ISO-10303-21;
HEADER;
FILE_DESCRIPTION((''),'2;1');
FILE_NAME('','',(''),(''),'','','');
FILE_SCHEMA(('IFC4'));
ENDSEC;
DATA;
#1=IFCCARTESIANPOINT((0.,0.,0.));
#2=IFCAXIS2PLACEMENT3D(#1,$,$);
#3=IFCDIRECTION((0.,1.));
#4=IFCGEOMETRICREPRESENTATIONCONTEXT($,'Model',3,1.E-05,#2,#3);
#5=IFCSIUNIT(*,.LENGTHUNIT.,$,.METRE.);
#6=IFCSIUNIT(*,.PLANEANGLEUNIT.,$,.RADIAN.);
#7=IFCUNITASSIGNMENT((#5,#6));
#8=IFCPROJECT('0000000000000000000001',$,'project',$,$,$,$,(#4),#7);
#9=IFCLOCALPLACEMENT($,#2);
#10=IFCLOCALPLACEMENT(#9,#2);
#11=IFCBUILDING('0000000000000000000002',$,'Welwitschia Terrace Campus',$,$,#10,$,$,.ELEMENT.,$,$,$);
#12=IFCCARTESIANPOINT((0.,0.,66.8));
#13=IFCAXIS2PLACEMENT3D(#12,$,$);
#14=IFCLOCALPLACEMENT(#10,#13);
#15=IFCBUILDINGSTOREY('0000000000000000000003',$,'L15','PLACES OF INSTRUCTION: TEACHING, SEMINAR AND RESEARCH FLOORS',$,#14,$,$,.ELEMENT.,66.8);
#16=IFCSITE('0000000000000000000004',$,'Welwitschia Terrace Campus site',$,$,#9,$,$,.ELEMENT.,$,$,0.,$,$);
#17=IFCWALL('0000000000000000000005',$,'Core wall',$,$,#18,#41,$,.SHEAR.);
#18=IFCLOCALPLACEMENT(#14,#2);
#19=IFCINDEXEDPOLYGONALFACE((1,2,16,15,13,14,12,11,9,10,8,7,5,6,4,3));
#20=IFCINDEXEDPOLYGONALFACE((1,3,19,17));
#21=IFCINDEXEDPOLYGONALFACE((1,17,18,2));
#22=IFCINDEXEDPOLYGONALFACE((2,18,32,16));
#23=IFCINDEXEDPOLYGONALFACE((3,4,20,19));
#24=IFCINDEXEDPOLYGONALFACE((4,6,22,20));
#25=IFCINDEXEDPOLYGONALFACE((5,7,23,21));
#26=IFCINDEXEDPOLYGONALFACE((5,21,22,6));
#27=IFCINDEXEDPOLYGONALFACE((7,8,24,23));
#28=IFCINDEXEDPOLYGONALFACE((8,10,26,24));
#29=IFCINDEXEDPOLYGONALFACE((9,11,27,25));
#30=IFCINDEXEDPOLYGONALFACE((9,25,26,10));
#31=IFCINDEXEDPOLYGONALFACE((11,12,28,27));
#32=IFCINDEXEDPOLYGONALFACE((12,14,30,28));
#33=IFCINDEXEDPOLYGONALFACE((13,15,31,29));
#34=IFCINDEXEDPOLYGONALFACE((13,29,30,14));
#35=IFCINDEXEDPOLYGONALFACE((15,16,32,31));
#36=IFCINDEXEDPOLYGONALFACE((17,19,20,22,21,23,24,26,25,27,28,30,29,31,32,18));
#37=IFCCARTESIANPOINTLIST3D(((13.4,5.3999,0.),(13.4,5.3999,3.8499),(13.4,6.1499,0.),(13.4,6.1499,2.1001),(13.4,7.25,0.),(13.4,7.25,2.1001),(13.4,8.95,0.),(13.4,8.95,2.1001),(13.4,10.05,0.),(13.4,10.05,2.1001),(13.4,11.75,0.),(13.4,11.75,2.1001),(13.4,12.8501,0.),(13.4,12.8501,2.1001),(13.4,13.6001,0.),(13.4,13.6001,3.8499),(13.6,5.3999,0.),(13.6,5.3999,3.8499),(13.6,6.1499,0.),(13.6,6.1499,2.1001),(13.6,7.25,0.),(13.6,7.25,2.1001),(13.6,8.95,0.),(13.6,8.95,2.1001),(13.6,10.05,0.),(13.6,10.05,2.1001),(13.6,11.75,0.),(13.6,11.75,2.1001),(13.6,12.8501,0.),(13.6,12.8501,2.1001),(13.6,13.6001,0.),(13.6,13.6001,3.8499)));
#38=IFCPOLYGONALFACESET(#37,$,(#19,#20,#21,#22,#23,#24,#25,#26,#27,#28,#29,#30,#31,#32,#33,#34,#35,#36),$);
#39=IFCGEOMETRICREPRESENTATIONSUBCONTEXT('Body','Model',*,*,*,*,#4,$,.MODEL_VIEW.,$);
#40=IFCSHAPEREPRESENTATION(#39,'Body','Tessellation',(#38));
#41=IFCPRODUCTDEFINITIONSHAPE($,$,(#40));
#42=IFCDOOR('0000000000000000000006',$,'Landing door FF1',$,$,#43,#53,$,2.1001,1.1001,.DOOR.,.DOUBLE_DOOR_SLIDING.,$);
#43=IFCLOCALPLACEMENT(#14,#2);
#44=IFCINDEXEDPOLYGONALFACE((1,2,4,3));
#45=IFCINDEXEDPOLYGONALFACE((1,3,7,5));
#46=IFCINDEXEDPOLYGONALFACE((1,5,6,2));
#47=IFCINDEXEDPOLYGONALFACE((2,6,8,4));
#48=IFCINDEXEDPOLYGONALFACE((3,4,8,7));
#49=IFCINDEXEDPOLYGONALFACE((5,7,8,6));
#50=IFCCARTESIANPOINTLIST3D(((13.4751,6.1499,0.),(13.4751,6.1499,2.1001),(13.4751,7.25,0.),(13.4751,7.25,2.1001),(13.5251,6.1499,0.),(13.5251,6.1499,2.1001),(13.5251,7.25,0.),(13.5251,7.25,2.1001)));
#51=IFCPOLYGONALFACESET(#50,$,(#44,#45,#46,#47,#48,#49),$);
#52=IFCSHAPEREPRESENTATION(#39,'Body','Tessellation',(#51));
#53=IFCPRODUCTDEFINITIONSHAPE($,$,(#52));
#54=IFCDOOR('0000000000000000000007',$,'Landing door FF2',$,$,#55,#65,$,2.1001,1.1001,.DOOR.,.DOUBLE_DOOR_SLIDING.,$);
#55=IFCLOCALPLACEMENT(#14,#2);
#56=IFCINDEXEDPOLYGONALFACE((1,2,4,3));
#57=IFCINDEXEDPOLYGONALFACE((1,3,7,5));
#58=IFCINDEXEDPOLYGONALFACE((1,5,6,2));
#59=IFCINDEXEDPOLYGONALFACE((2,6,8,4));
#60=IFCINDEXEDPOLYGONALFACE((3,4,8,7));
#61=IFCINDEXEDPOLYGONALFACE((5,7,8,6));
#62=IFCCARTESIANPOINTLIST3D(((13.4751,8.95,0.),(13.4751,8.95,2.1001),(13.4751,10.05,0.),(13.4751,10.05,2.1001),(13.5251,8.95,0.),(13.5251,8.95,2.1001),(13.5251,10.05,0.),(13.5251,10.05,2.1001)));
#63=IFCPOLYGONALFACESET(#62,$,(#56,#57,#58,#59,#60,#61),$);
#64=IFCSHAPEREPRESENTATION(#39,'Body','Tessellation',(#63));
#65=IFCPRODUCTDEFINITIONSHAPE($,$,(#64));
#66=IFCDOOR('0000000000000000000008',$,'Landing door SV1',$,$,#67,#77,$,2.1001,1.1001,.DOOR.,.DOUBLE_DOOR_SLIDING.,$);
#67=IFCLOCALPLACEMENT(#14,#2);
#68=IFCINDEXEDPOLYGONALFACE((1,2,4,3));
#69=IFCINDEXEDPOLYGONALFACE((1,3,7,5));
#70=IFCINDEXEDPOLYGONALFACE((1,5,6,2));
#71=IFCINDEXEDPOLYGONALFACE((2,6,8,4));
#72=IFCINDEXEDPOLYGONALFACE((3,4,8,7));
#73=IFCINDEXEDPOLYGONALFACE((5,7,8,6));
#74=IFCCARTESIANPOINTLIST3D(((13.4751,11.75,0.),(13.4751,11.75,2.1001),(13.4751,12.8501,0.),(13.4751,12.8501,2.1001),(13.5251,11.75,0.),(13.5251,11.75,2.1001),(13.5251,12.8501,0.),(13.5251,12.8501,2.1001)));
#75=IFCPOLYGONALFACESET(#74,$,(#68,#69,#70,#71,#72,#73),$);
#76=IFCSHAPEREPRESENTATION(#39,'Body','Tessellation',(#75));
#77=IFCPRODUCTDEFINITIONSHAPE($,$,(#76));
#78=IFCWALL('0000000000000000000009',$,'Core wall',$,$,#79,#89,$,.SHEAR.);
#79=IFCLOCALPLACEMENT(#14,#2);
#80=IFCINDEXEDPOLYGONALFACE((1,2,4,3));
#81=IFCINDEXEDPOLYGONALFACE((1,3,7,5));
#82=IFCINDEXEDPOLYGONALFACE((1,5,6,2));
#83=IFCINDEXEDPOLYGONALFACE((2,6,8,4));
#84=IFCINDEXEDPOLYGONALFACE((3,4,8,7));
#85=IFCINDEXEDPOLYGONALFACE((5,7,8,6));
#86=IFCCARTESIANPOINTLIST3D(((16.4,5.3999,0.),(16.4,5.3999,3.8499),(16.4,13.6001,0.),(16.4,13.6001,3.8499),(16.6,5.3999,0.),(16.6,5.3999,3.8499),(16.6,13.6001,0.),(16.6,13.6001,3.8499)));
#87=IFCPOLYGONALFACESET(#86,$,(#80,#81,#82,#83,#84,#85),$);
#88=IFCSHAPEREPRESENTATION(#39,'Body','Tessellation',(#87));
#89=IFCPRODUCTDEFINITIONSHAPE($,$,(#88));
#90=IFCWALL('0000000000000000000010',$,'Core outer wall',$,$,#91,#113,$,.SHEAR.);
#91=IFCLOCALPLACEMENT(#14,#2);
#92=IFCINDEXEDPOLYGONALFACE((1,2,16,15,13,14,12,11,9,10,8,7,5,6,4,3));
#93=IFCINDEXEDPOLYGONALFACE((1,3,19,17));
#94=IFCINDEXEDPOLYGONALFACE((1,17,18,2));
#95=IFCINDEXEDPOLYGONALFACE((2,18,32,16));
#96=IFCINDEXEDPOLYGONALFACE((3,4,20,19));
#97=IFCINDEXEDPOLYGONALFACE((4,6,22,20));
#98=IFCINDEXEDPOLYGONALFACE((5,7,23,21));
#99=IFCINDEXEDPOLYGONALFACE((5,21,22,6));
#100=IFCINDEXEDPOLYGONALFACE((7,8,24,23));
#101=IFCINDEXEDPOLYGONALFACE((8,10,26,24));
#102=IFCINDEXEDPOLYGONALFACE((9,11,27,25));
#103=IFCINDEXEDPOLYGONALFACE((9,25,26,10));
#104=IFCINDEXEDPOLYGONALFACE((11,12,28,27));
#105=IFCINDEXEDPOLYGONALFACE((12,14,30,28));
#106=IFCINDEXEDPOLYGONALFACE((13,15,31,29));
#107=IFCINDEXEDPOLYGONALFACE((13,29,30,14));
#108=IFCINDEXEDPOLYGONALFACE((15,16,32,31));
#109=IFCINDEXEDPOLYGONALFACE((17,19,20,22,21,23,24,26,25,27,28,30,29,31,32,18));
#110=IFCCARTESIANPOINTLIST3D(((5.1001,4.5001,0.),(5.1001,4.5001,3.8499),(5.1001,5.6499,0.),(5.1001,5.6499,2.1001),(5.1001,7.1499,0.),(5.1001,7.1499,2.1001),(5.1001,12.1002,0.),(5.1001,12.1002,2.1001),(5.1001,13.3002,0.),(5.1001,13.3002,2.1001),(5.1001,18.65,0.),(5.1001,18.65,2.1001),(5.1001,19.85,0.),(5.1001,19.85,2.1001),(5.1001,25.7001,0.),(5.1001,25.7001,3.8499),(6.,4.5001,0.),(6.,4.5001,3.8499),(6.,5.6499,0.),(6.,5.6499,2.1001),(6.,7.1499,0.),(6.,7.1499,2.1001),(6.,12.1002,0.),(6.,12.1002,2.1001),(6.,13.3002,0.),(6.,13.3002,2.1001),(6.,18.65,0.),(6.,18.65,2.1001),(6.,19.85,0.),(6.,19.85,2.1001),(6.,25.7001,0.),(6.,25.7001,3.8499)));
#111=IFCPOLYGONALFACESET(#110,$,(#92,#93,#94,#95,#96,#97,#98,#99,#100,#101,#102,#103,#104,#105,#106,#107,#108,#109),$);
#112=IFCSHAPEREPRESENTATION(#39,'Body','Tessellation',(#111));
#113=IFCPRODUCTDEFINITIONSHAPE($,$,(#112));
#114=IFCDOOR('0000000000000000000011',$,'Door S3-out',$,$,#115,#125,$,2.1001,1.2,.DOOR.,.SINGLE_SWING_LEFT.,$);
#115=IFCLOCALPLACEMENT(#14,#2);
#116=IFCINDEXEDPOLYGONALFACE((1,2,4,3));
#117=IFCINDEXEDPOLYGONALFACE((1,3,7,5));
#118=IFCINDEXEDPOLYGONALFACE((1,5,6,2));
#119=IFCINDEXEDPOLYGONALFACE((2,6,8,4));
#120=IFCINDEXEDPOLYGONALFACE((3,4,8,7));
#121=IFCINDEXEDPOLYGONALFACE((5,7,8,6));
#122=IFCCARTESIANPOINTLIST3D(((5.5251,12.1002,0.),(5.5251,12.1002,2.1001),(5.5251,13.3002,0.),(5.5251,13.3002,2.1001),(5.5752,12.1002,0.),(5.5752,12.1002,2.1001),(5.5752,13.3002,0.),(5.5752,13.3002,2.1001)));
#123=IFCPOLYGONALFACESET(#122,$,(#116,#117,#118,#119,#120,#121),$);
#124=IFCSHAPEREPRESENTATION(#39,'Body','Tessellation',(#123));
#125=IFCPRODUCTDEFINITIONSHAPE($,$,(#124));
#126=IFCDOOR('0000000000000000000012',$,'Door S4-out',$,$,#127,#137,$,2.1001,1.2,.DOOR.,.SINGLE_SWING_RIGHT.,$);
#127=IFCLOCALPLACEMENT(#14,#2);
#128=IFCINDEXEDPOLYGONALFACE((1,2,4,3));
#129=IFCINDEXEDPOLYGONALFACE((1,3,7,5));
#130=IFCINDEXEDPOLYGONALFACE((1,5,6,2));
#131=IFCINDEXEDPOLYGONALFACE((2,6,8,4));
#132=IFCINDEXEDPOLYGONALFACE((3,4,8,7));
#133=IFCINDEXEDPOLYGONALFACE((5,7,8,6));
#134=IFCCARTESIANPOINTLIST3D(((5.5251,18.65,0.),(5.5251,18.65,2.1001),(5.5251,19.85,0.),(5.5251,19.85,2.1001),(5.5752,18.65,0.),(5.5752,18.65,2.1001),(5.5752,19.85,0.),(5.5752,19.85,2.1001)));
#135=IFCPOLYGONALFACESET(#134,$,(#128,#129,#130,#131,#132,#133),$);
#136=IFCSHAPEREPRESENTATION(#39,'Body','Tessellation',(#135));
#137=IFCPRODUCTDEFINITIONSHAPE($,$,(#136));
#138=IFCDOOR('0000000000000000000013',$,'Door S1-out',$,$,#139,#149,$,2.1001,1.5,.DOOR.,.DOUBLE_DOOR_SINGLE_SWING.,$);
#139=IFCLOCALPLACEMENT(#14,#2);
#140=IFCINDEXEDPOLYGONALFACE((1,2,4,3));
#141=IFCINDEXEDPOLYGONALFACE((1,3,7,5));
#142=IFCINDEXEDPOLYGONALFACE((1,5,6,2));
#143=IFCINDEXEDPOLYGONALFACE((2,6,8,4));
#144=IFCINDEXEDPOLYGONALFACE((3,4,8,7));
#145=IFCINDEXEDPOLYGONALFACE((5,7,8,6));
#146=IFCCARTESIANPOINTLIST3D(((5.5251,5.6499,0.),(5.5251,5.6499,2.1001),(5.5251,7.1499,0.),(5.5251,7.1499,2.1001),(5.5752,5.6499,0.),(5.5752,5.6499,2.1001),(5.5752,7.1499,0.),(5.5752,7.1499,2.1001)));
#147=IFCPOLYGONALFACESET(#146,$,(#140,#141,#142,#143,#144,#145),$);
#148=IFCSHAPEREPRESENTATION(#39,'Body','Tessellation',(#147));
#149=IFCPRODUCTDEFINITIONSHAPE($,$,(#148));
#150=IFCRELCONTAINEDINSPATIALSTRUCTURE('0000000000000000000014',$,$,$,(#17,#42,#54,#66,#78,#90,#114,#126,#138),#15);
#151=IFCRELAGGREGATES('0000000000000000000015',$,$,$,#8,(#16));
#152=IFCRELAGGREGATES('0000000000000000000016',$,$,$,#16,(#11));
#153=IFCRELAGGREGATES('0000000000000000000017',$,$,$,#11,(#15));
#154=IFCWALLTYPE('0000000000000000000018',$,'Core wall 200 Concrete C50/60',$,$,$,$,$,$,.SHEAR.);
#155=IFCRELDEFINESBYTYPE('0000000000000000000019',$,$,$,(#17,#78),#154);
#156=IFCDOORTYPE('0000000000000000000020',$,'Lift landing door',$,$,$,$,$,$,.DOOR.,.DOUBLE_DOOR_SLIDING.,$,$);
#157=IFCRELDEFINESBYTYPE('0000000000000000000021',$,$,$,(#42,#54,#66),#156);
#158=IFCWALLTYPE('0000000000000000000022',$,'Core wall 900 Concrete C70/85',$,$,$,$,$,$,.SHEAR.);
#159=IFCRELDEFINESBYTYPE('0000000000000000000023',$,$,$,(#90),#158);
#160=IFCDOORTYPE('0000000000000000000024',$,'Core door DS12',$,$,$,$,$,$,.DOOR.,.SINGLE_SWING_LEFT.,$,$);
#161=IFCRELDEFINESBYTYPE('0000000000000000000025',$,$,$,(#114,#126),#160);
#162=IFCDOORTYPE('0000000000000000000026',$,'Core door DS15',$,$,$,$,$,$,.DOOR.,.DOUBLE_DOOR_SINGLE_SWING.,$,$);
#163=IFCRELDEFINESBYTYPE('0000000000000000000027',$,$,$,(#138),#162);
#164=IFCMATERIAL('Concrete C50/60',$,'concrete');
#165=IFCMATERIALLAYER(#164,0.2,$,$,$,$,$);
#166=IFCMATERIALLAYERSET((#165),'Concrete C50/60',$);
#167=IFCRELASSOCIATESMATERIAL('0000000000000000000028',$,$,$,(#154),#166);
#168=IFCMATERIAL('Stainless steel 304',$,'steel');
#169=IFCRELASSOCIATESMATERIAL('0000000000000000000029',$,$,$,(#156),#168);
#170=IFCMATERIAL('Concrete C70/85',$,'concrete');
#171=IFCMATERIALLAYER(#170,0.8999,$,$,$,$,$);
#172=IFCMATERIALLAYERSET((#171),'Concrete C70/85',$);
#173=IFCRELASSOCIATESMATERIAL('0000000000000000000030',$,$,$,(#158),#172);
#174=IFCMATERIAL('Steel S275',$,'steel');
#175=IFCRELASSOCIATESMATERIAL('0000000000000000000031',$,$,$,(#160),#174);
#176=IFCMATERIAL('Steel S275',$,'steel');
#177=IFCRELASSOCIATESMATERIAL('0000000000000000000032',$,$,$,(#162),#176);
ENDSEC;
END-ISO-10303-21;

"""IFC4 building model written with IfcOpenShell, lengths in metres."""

from ifc_helpers import new_model, si_unit, direction, frame, frame_2d, origin, place, context, subcontext, project, spatial, rectangle, extrude, material, layer, layer_set, type_object, element, fill, save


model = new_model("IFC4")

# Units and contexts
model_context = context("Model", 3, precision=1e-05, world=origin(), true_north=direction((0.0, 1.0)))
body_context = subcontext(model_context, "Body", "Model", "MODEL_VIEW")
ifc_project = project(units=[si_unit("LENGTHUNIT", "METRE"), si_unit("PLANEANGLEUNIT", "RADIAN")], contexts=[model_context])

# Site, building, storey
site_placement = place(None, origin())
site = spatial("IfcSite", under=ifc_project, at=site_placement, Name="Welwitschia Terrace Campus site", CompositionType="ELEMENT", RefElevation=0.0)
building_placement = place(site_placement, origin())
building = spatial("IfcBuilding", under=site, at=building_placement, Name="Welwitschia Terrace Campus", CompositionType="ELEMENT")
storey_placement = place(building_placement, frame((0.0, 0.0, 66.8)))
storey = spatial("IfcBuildingStorey", under=building, at=storey_placement, Name="L15", Description="PLACES OF INSTRUCTION: TEACHING, SEMINAR AND RESEARCH FLOORS", CompositionType="ELEMENT", Elevation=66.8)

# Wall, openings, doors
ifc_material_1 = material(Name="Concrete C50/60", Category="concrete")
ifc_layer_1 = layer(ifc_material_1, 0.2)
ifc_layer_set_1 = layer_set([ifc_layer_1], Name="Concrete C50/60")
wall_type_1 = type_object("IfcWallType", Name="Core wall 200 Concrete C50/60", PredefinedType="SHEAR", material=ifc_layer_set_1)
wall_1_placement = place(storey_placement, frame((13.5, 5.3999, 0.0), z_axis=(0.0, 0.0, 1.0), x_axis=(0.0, 1.0, 0.0)))
wall_1 = element("IfcWall", 1, at=wall_1_placement, inside=storey, type_object=wall_type_1, Name="Core wall", PredefinedType="SHEAR", context=body_context, shape_type="SweptSolid", body=[
    extrude(rectangle(XDim=8.2002, YDim=0.2, at=frame_2d((4.1001, 0.0))), origin(), (0.0, 0.0, 1.0), 3.8499),
])
opening_1_placement = place(wall_1_placement, frame((0.75, 0.0, 0.0)))
opening_1 = element("IfcOpeningElement", 2, at=opening_1_placement, cuts=wall_1, PredefinedType="OPENING", context=body_context, shape_type="SweptSolid", body=[
    extrude(rectangle(XDim=1.1001, YDim=2.1001, at=frame_2d((0.55, 1.05))), frame((0.0, 0.1099, 0.0), z_axis=(0.0, -1.0, 0.0), x_axis=(1.0, 0.0, 0.0)), (0.0, 0.0, 1.0), 0.22),
])
opening_2_placement = place(wall_1_placement, frame((3.55, 0.0, 0.0)))
opening_2 = element("IfcOpeningElement", 3, at=opening_2_placement, cuts=wall_1, PredefinedType="OPENING", context=body_context, shape_type="SweptSolid", body=[
    extrude(rectangle(XDim=1.1001, YDim=2.1001, at=frame_2d((0.55, 1.05))), frame((0.0, 0.1099, 0.0), z_axis=(0.0, -1.0, 0.0), x_axis=(1.0, 0.0, 0.0)), (0.0, 0.0, 1.0), 0.22),
])
opening_3_placement = place(wall_1_placement, frame((6.3501, 0.0, 0.0)))
opening_3 = element("IfcOpeningElement", 4, at=opening_3_placement, cuts=wall_1, PredefinedType="OPENING", context=body_context, shape_type="SweptSolid", body=[
    extrude(rectangle(XDim=1.1001, YDim=2.1001, at=frame_2d((0.55, 1.05))), frame((0.0, 0.1099, 0.0), z_axis=(0.0, -1.0, 0.0), x_axis=(1.0, 0.0, 0.0)), (0.0, 0.0, 1.0), 0.22),
])
ifc_material_2 = material(Name="Stainless steel 304", Category="steel")
door_type_1 = type_object("IfcDoorType", Name="Lift landing door", OperationType="DOUBLE_DOOR_SLIDING", PredefinedType="DOOR", material=ifc_material_2)
door_1_placement = place(opening_1_placement, origin())
door_1 = element("IfcDoor", 5, at=door_1_placement, inside=storey, type_object=door_type_1, Name="Landing door FF1", OperationType="DOUBLE_DOOR_SLIDING", OverallHeight=2.1001, OverallWidth=1.1001, PredefinedType="DOOR", context=body_context, shape_type="SweptSolid", body=[
    extrude(rectangle(XDim=1.1001, YDim=2.1001, at=frame_2d((0.55, 1.05))), frame((0.0, 0.0249, 0.0), z_axis=(0.0, -1.0, 0.0), x_axis=(1.0, 0.0, 0.0)), (0.0, 0.0, 1.0), 0.05),
])
fill(opening_1, door_1)
door_2_placement = place(opening_2_placement, origin())
door_2 = element("IfcDoor", 6, at=door_2_placement, inside=storey, type_object=door_type_1, Name="Landing door FF2", OperationType="DOUBLE_DOOR_SLIDING", OverallHeight=2.1001, OverallWidth=1.1001, PredefinedType="DOOR", context=body_context, shape_type="SweptSolid", body=[
    extrude(rectangle(XDim=1.1001, YDim=2.1001, at=frame_2d((0.55, 1.05))), frame((0.0, 0.0249, 0.0), z_axis=(0.0, -1.0, 0.0), x_axis=(1.0, 0.0, 0.0)), (0.0, 0.0, 1.0), 0.05),
])
fill(opening_2, door_2)
door_3_placement = place(opening_3_placement, origin())
door_3 = element("IfcDoor", 7, at=door_3_placement, inside=storey, type_object=door_type_1, Name="Landing door SV1", OperationType="DOUBLE_DOOR_SLIDING", OverallHeight=2.1001, OverallWidth=1.1001, PredefinedType="DOOR", context=body_context, shape_type="SweptSolid", body=[
    extrude(rectangle(XDim=1.1001, YDim=2.1001, at=frame_2d((0.55, 1.05))), frame((0.0, 0.0249, 0.0), z_axis=(0.0, -1.0, 0.0), x_axis=(1.0, 0.0, 0.0)), (0.0, 0.0, 1.0), 0.05),
])
fill(opening_3, door_3)

# Wall
wall_2_placement = place(storey_placement, frame((16.5, 5.3999, 0.0), z_axis=(0.0, 0.0, 1.0), x_axis=(0.0, 1.0, 0.0)))
element("IfcWall", 8, at=wall_2_placement, inside=storey, type_object=wall_type_1, Name="Core wall", PredefinedType="SHEAR", context=body_context, shape_type="SweptSolid", body=[
    extrude(rectangle(XDim=8.2002, YDim=0.2, at=frame_2d((4.1001, 0.0))), origin(), (0.0, 0.0, 1.0), 3.8499),
])

# Wall, openings, doors
ifc_material_3 = material(Name="Concrete C70/85", Category="concrete")
ifc_layer_2 = layer(ifc_material_3, 0.8999)
ifc_layer_set_2 = layer_set([ifc_layer_2], Name="Concrete C70/85")
wall_type_2 = type_object("IfcWallType", Name="Core wall 900 Concrete C70/85", PredefinedType="SHEAR", material=ifc_layer_set_2)
wall_3_placement = place(storey_placement, frame((5.55, 4.5, 0.0), z_axis=(0.0, 0.0, 1.0), x_axis=(0.0, 1.0, 0.0)))
wall_3 = element("IfcWall", 9, at=wall_3_placement, inside=storey, type_object=wall_type_2, Name="Core outer wall", PredefinedType="SHEAR", context=body_context, shape_type="SweptSolid", body=[
    extrude(rectangle(XDim=21.2, YDim=0.8999, at=frame_2d((10.6001, 0.0))), origin(), (0.0, 0.0, 1.0), 3.8499),
])
opening_4_placement = place(wall_3_placement, frame((1.1499, 0.0, 0.0)))
opening_4 = element("IfcOpeningElement", 10, at=opening_4_placement, cuts=wall_3, PredefinedType="OPENING", context=body_context, shape_type="SweptSolid", body=[
    extrude(rectangle(XDim=1.5, YDim=2.1001, at=frame_2d((0.75, 1.05))), frame((0.0, 0.46, 0.0), z_axis=(0.0, -1.0, 0.0), x_axis=(1.0, 0.0, 0.0)), (0.0, 0.0, 1.0), 0.9199),
])
opening_5_placement = place(wall_3_placement, frame((7.6001, 0.0, 0.0)))
opening_5 = element("IfcOpeningElement", 11, at=opening_5_placement, cuts=wall_3, PredefinedType="OPENING", context=body_context, shape_type="SweptSolid", body=[
    extrude(rectangle(XDim=1.2, YDim=2.1001, at=frame_2d((0.6001, 1.05))), frame((0.0, 0.46, 0.0), z_axis=(0.0, -1.0, 0.0), x_axis=(1.0, 0.0, 0.0)), (0.0, 0.0, 1.0), 0.9199),
])
opening_6_placement = place(wall_3_placement, frame((14.1499, 0.0, 0.0)))
opening_6 = element("IfcOpeningElement", 12, at=opening_6_placement, cuts=wall_3, PredefinedType="OPENING", context=body_context, shape_type="SweptSolid", body=[
    extrude(rectangle(XDim=1.2, YDim=2.1001, at=frame_2d((0.6001, 1.05))), frame((0.0, 0.46, 0.0), z_axis=(0.0, -1.0, 0.0), x_axis=(1.0, 0.0, 0.0)), (0.0, 0.0, 1.0), 0.9199),
])
ifc_material_4 = material(Name="Steel S275", Category="steel")
door_type_2 = type_object("IfcDoorType", Name="Core door DS12", OperationType="SINGLE_SWING_LEFT", PredefinedType="DOOR", material=ifc_material_4)
door_4_placement = place(opening_5_placement, origin())
door_4 = element("IfcDoor", 13, at=door_4_placement, inside=storey, type_object=door_type_2, Name="Door S3-out", OperationType="SINGLE_SWING_LEFT", OverallHeight=2.1001, OverallWidth=1.2, PredefinedType="DOOR", context=body_context, shape_type="SweptSolid", body=[
    extrude(rectangle(XDim=1.2, YDim=2.1001, at=frame_2d((0.6001, 1.05))), frame((0.0, 0.0249, 0.0), z_axis=(0.0, -1.0, 0.0), x_axis=(1.0, 0.0, 0.0)), (0.0, 0.0, 1.0), 0.05),
])
fill(opening_5, door_4)
door_5_placement = place(opening_6_placement, origin())
door_5 = element("IfcDoor", 14, at=door_5_placement, inside=storey, type_object=door_type_2, Name="Door S4-out", OperationType="SINGLE_SWING_RIGHT", OverallHeight=2.1001, OverallWidth=1.2, PredefinedType="DOOR", context=body_context, shape_type="SweptSolid", body=[
    extrude(rectangle(XDim=1.2, YDim=2.1001, at=frame_2d((0.6001, 1.05))), frame((0.0, 0.0249, 0.0), z_axis=(0.0, -1.0, 0.0), x_axis=(1.0, 0.0, 0.0)), (0.0, 0.0, 1.0), 0.05),
])
fill(opening_6, door_5)
ifc_material_5 = material(Name="Steel S275", Category="steel")
door_type_3 = type_object("IfcDoorType", Name="Core door DS15", OperationType="DOUBLE_DOOR_SINGLE_SWING", PredefinedType="DOOR", material=ifc_material_5)
door_6_placement = place(opening_4_placement, origin())
door_6 = element("IfcDoor", 15, at=door_6_placement, inside=storey, type_object=door_type_3, Name="Door S1-out", OperationType="DOUBLE_DOOR_SINGLE_SWING", OverallHeight=2.1001, OverallWidth=1.5, PredefinedType="DOOR", context=body_context, shape_type="SweptSolid", body=[
    extrude(rectangle(XDim=1.5, YDim=2.1001, at=frame_2d((0.75, 1.05))), frame((0.0, 0.0249, 0.0), z_axis=(0.0, -1.0, 0.0), x_axis=(1.0, 0.0, 0.0)), (0.0, 0.0, 1.0), 0.05),
])
fill(opening_4, door_6)

save(model, "model.ifc")
